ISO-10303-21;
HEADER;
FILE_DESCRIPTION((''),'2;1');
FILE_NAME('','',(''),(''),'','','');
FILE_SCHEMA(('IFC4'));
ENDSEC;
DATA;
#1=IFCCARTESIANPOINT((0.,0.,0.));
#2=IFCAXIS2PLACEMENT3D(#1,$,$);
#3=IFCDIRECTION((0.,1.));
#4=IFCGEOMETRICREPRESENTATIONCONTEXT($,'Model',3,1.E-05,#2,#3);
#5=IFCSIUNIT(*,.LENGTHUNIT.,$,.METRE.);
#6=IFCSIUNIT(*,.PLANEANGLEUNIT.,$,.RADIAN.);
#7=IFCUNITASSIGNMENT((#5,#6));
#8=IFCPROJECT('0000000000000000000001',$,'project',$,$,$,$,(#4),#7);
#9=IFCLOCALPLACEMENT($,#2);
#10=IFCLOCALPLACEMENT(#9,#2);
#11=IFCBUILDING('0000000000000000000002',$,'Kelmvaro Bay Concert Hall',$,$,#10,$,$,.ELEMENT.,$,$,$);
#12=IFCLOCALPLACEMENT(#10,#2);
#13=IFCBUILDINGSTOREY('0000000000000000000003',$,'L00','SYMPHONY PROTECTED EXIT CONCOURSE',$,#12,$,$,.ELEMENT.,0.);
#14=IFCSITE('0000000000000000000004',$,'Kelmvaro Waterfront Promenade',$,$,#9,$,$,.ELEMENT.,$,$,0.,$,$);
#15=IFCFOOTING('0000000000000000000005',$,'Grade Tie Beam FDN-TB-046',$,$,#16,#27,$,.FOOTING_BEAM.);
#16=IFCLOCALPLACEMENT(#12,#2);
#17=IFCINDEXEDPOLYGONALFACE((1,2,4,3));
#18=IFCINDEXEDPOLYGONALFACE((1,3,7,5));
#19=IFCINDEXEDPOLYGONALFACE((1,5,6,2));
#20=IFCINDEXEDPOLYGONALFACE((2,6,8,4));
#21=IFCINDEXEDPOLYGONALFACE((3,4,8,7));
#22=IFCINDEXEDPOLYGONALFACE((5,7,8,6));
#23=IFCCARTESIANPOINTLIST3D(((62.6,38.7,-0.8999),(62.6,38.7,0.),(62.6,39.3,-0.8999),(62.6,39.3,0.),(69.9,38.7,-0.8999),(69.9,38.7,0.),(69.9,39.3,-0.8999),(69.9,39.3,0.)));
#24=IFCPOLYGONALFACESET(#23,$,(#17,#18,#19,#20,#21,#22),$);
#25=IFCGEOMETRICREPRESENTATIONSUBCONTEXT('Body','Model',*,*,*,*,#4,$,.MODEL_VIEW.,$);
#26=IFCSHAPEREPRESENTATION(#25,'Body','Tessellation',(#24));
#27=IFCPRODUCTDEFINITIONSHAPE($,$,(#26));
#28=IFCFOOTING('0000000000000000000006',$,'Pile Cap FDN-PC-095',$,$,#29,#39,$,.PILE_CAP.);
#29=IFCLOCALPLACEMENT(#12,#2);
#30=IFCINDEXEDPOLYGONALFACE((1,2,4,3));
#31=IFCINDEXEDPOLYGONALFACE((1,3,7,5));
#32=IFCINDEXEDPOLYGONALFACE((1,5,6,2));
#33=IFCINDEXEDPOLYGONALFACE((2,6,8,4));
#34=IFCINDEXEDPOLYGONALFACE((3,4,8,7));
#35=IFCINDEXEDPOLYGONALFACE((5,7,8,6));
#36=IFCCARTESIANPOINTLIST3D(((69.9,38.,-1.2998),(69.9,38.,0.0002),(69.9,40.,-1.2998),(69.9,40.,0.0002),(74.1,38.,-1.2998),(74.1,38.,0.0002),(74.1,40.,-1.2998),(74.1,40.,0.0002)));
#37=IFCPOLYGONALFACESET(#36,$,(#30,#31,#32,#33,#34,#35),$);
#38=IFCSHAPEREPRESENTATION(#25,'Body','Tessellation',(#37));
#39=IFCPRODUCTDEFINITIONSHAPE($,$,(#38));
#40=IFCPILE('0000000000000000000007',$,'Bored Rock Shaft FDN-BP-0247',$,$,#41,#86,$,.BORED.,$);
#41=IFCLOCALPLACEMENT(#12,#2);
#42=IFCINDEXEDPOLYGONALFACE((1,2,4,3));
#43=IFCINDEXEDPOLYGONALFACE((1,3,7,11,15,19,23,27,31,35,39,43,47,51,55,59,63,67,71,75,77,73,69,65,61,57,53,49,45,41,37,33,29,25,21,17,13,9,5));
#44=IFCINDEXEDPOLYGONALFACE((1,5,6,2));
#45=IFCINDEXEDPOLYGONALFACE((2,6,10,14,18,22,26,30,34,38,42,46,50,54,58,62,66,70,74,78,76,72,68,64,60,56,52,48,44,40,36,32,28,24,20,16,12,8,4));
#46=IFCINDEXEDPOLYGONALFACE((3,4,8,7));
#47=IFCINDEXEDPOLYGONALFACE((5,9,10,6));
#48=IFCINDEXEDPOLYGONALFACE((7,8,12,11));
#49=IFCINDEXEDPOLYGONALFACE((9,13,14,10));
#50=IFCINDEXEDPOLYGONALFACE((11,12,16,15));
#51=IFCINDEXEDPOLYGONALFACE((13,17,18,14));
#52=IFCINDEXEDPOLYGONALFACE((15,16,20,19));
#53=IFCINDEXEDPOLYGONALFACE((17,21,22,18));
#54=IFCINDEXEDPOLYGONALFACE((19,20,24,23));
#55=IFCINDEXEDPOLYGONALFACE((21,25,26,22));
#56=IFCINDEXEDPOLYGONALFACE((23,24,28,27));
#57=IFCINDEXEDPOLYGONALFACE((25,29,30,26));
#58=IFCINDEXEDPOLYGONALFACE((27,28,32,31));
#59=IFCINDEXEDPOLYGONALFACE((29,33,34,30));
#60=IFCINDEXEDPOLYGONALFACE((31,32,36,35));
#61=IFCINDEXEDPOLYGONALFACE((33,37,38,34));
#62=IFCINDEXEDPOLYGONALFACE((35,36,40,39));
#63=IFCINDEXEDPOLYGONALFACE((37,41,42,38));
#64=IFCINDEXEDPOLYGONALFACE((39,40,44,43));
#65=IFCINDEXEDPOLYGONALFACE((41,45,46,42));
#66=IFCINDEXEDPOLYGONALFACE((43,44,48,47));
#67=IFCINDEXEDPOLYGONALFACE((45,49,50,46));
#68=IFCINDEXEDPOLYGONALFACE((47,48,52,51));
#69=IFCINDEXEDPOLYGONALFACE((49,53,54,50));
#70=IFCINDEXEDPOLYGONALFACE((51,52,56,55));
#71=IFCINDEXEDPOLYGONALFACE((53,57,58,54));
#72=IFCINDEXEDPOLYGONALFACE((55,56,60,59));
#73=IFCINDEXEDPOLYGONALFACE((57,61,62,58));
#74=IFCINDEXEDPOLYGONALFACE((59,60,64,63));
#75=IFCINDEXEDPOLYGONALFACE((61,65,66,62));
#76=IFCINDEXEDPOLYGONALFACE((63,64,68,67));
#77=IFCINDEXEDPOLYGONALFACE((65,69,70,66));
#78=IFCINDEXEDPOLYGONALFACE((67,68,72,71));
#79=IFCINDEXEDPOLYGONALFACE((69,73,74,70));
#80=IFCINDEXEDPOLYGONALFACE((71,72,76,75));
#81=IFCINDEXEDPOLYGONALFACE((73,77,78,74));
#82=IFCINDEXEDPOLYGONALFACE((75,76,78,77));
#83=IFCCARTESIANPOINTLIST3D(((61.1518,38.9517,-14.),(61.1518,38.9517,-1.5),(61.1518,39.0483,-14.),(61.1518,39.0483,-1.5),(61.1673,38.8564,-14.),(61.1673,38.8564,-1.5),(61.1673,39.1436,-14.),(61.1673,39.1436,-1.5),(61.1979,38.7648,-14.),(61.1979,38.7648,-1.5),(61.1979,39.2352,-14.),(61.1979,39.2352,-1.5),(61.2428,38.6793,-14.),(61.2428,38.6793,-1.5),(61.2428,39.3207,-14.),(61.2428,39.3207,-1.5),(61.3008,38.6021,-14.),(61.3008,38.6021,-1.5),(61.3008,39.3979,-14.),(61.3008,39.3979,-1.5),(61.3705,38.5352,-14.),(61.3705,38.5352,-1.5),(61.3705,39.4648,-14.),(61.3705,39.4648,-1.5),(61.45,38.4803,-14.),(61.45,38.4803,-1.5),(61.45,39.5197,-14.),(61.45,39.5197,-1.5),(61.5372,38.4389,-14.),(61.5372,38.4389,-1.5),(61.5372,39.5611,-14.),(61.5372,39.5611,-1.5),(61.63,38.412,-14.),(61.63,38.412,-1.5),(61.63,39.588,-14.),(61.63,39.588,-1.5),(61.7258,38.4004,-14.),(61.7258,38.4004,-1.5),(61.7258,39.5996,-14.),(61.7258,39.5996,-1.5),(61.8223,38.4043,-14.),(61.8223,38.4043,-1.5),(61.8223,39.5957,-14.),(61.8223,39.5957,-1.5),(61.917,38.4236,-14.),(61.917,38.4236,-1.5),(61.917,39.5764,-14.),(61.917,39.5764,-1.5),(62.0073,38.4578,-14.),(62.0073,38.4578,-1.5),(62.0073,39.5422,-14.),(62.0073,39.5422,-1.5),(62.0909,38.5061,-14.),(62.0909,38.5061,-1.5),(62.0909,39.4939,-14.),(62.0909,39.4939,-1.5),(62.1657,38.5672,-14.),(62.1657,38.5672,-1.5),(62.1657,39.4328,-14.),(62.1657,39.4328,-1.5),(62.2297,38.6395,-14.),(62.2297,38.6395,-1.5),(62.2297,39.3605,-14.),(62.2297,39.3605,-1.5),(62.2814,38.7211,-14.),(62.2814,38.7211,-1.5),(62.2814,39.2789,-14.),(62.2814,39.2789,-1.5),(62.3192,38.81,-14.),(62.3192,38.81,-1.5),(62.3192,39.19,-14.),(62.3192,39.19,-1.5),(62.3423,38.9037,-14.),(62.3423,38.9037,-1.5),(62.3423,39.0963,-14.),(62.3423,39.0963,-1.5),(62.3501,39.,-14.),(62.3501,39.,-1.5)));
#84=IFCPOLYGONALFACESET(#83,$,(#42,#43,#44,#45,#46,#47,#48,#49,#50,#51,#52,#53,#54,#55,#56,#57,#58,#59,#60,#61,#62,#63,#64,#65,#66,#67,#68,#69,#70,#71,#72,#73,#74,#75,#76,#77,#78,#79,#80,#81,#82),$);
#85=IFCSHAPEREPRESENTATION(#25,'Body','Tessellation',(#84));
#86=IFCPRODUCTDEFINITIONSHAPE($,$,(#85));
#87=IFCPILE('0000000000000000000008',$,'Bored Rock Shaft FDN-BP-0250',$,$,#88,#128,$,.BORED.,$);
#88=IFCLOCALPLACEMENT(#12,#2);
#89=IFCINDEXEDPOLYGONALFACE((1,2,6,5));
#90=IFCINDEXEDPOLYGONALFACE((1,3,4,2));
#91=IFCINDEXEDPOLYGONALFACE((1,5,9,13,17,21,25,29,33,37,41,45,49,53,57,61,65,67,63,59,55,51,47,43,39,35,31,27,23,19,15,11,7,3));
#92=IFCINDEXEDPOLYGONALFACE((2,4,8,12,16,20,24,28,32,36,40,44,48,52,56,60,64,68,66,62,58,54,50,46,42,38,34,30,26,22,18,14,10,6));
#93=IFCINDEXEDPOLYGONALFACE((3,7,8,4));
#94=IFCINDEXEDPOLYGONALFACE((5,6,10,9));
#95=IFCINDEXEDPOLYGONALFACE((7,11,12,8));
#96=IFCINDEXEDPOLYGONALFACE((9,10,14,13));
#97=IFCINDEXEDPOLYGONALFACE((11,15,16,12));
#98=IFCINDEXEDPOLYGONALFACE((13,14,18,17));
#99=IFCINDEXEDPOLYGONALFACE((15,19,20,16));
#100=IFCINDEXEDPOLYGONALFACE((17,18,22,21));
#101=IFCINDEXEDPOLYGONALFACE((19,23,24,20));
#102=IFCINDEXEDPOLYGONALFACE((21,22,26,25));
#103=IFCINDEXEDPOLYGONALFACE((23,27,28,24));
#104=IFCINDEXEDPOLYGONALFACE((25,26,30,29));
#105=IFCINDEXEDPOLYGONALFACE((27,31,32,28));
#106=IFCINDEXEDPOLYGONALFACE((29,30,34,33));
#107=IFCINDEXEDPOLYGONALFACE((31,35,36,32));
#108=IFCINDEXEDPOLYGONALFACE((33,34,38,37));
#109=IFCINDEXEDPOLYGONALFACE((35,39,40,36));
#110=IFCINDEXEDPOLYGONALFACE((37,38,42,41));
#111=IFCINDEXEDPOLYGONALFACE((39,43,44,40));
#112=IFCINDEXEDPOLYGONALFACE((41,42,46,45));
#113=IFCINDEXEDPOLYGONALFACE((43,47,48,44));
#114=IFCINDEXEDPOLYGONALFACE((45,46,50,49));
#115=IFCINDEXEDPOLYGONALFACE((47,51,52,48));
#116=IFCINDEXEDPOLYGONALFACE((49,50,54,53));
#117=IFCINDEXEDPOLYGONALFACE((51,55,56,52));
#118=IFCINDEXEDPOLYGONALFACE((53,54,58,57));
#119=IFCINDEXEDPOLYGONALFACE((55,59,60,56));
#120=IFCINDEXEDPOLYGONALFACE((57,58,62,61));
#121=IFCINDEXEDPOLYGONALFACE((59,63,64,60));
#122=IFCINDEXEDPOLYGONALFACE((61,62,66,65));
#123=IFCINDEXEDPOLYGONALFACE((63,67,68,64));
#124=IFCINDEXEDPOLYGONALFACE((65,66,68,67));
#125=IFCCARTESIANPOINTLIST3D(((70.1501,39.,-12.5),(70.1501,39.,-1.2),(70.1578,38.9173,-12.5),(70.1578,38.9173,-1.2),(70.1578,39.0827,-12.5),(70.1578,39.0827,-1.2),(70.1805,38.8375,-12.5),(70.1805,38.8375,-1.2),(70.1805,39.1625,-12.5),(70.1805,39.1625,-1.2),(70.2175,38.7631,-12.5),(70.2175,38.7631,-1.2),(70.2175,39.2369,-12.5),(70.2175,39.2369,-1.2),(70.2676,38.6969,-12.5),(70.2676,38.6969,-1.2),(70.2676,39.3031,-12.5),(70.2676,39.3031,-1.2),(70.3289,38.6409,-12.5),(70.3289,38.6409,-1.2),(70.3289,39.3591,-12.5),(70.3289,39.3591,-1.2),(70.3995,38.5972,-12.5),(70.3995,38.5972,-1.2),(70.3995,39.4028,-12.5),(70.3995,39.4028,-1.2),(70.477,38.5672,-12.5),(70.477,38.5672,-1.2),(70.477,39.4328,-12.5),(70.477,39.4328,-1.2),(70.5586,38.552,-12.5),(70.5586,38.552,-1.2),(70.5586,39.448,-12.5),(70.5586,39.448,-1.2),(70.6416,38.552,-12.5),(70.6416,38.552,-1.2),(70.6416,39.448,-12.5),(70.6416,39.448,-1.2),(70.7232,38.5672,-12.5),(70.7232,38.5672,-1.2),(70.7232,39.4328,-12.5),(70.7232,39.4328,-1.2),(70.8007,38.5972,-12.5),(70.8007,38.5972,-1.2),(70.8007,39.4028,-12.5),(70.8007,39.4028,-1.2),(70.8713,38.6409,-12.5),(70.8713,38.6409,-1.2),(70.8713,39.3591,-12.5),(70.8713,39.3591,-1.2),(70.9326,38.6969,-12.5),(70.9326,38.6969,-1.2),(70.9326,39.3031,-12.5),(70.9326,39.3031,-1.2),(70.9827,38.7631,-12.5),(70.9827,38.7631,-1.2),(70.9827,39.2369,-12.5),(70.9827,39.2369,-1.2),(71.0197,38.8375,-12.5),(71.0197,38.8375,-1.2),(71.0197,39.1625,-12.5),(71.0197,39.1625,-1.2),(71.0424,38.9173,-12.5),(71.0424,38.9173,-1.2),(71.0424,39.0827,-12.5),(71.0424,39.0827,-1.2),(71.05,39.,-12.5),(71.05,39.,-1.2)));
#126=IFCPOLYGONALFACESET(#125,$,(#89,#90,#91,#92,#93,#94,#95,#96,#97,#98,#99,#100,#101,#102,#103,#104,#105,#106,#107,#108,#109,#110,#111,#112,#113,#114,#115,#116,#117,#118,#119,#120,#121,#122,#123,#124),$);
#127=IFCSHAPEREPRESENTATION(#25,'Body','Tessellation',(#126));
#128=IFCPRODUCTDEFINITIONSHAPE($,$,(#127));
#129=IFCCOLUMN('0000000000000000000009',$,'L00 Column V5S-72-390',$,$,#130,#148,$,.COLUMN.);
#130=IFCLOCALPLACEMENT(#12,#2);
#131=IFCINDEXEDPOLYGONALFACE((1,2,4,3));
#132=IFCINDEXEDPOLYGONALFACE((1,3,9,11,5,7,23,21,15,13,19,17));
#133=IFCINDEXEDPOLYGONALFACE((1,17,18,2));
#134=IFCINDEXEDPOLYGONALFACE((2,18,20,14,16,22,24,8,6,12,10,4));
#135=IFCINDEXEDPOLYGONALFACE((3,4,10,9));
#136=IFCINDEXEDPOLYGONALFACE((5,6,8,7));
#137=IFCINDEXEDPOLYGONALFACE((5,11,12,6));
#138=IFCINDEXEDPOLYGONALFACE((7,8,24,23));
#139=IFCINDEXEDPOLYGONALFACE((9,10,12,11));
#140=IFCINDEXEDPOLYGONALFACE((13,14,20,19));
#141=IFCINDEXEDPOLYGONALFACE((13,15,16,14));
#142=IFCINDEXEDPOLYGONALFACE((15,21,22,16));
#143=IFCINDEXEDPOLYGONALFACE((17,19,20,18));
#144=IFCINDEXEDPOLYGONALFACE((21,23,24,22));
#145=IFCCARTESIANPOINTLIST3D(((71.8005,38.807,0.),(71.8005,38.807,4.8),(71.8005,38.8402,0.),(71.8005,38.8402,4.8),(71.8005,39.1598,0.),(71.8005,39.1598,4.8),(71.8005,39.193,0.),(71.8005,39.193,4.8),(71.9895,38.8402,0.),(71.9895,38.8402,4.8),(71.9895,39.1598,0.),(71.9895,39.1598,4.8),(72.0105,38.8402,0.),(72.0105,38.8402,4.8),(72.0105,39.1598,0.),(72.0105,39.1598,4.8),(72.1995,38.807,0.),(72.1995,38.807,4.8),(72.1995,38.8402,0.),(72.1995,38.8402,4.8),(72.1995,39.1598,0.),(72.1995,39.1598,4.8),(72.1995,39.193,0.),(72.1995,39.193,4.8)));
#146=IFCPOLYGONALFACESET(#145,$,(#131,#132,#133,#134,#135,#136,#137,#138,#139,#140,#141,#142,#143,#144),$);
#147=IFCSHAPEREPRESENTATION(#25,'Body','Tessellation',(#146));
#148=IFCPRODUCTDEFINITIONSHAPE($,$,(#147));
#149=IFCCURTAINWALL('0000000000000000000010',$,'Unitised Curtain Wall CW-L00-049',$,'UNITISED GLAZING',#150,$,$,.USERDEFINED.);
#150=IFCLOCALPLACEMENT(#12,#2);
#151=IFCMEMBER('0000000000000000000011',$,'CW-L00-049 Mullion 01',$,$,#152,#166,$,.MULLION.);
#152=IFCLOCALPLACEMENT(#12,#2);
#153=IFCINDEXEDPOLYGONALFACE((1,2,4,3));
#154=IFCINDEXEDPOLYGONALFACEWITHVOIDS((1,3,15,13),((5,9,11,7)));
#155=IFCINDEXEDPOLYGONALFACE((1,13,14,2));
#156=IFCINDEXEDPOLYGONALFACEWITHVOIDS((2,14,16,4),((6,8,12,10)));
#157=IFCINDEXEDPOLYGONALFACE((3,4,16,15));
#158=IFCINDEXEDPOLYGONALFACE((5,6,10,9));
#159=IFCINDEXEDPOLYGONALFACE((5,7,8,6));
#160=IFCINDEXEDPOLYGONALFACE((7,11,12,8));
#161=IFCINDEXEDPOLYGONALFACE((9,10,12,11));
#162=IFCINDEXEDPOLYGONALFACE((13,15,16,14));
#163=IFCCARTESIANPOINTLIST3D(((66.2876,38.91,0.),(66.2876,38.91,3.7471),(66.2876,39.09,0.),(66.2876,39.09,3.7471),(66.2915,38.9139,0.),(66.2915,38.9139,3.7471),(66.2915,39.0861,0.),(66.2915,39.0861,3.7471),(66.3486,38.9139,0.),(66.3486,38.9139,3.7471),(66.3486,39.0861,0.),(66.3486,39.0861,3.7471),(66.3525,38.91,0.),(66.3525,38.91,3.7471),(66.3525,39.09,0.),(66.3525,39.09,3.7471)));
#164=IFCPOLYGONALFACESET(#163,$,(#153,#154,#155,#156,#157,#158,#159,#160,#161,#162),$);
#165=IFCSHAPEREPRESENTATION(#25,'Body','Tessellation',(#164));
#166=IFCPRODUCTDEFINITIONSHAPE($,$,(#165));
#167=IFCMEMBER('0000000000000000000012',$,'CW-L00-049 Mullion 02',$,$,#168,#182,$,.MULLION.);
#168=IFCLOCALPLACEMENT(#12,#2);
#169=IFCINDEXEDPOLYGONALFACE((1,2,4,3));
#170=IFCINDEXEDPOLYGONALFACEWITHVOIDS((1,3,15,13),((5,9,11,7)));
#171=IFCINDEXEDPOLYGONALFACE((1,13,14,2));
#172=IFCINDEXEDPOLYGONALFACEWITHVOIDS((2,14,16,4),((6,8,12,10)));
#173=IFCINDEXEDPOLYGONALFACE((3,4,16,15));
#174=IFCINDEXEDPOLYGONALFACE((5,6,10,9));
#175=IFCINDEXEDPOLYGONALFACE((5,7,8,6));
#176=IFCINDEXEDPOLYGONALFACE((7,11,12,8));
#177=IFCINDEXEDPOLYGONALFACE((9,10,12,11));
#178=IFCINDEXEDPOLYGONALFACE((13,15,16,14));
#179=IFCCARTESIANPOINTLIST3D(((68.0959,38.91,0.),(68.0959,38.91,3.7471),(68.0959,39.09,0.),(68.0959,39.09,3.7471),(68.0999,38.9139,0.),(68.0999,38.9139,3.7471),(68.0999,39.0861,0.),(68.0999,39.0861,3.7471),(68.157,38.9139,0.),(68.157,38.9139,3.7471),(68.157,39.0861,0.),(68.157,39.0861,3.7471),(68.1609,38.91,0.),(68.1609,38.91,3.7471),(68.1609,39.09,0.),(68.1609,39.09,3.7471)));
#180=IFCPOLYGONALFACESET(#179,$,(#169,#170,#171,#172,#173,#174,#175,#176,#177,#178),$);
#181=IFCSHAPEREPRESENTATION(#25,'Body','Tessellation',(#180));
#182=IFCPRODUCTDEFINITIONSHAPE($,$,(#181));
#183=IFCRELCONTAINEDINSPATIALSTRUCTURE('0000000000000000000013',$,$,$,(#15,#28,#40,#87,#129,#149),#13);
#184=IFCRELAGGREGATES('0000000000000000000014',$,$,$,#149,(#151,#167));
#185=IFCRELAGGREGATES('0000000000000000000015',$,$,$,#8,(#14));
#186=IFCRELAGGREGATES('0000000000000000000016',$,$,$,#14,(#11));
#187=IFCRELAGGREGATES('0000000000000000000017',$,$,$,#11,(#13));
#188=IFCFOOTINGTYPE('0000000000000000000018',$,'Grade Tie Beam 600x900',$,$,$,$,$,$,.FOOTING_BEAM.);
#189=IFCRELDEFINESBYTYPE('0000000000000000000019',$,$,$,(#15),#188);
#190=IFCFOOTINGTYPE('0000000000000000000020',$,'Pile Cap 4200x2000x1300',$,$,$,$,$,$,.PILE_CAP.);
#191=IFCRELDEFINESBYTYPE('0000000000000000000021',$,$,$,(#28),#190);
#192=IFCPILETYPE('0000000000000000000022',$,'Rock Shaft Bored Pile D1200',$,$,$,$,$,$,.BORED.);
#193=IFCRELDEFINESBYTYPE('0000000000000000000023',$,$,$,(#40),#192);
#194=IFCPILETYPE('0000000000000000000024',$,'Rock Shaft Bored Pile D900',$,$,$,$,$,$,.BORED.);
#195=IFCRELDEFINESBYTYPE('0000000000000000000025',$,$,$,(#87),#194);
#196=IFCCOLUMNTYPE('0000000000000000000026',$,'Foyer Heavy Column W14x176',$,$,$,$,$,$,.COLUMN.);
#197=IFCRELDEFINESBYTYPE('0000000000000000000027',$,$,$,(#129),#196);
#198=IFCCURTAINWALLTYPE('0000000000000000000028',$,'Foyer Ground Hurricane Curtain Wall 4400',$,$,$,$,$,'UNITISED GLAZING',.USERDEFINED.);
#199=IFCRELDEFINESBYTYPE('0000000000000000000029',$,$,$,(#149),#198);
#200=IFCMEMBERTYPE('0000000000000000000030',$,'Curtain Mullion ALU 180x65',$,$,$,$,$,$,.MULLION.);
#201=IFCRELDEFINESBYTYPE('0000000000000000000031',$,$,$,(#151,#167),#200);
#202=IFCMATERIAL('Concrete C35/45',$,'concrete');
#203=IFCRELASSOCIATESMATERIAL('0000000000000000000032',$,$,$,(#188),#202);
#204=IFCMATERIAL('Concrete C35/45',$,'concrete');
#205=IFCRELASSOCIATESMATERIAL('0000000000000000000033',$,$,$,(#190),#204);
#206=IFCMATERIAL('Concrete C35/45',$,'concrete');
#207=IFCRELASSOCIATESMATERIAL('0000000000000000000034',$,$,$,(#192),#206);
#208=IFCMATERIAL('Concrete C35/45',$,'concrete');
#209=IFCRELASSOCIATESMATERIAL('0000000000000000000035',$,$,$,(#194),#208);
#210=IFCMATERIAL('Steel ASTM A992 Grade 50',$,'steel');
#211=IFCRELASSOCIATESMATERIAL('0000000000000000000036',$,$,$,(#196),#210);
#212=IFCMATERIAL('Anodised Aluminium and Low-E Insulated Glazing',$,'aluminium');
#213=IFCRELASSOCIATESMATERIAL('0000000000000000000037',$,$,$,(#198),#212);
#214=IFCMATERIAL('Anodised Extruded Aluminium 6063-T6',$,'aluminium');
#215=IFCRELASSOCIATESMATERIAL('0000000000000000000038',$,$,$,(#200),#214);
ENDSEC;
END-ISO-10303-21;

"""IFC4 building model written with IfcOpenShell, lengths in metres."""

from ifc_helpers import new_model, si_unit, direction, frame, origin, origin_2d, place, context, subcontext, project, spatial, rectangle, hollow_rectangle, circle, i_section, extrude, material, material_profile, profile_set, type_object, element, aggregate, save


model = new_model("IFC4")

# Units and contexts
model_context = context("Model", 3, precision=1e-05, world=origin(), true_north=direction((0.0, 1.0)))
body_context = subcontext(model_context, "Body", "Model", "MODEL_VIEW")
ifc_project = project(units=[si_unit("LENGTHUNIT", "METRE"), si_unit("PLANEANGLEUNIT", "RADIAN")], contexts=[model_context])

# Site, building, storey
site_placement = place(None, origin())
site = spatial("IfcSite", under=ifc_project, at=site_placement, Name="Kelmvaro Waterfront Promenade", CompositionType="ELEMENT", RefElevation=0.0)
building_placement = place(site_placement, origin())
building = spatial("IfcBuilding", under=site, at=building_placement, Name="Kelmvaro Bay Concert Hall", CompositionType="ELEMENT")
storey_placement = place(building_placement, origin())
storey = spatial("IfcBuildingStorey", under=building, at=storey_placement, Name="L00", Description="SYMPHONY PROTECTED EXIT CONCOURSE", CompositionType="ELEMENT", Elevation=0.0)

# Footings
ifc_material_1 = material(Name="Concrete C35/45", Category="concrete")
footing_type_1 = type_object("IfcFootingType", Name="Grade Tie Beam 600x900", PredefinedType="FOOTING_BEAM", material=ifc_material_1)
footing_1_placement = place(storey_placement, frame((66.25, 39.0, -0.8999), z_axis=(0.0, 0.0, 1.0), x_axis=(1.0, 0.0, 0.0)))
element("IfcFooting", 1, at=footing_1_placement, inside=storey, type_object=footing_type_1, Name="Grade Tie Beam FDN-TB-046", PredefinedType="FOOTING_BEAM", context=body_context, shape_type="SweptSolid", body=[
    extrude(rectangle(XDim=7.3, YDim=0.6001, at=origin_2d()), origin(), (0.0, 0.0, 1.0), 0.8999),
])
ifc_material_2 = material(Name="Concrete C35/45", Category="concrete")
footing_type_2 = type_object("IfcFootingType", Name="Pile Cap 4200x2000x1300", PredefinedType="PILE_CAP", material=ifc_material_2)
footing_2_placement = place(storey_placement, frame((72.0, 39.0, -1.2998), z_axis=(0.0, 0.0, 1.0), x_axis=(1.0, 0.0, 0.0)))
element("IfcFooting", 2, at=footing_2_placement, inside=storey, type_object=footing_type_2, Name="Pile Cap FDN-PC-095", PredefinedType="PILE_CAP", context=body_context, shape_type="SweptSolid", body=[
    extrude(rectangle(XDim=4.2, YDim=2.0, at=origin_2d()), origin(), (0.0, 0.0, 1.0), 1.3),
])

# Piles
ifc_material_3 = material(Name="Concrete C35/45", Category="concrete")
ifc_material_profile_1 = material_profile(ifc_material_3, circle(Radius=0.6001, at=origin_2d()), Name="PILE-BORED-1200")
ifc_profile_set_1 = profile_set([ifc_material_profile_1], Name="Concrete C35/45")
pile_type_1 = type_object("IfcPileType", Name="Rock Shaft Bored Pile D1200", PredefinedType="BORED", material=ifc_profile_set_1)
pile_1_placement = place(storey_placement, frame((61.75, 39.0, -1.5), z_axis=(0.0, 0.0, -1.0), x_axis=(1.0, 0.0, 0.0)))
element("IfcPile", 3, at=pile_1_placement, inside=storey, type_object=pile_type_1, Name="Bored Rock Shaft FDN-BP-0247", PredefinedType="BORED", context=body_context, shape_type="SweptSolid", body=[
    extrude(circle(Radius=0.6001, at=origin_2d()), origin(), (0.0, 0.0, 1.0), 12.5),
])
ifc_material_4 = material(Name="Concrete C35/45", Category="concrete")
ifc_material_profile_2 = material_profile(ifc_material_4, circle(Radius=0.45, at=origin_2d()), Name="PILE-BORED-900")
ifc_profile_set_2 = profile_set([ifc_material_profile_2], Name="Concrete C35/45")
pile_type_2 = type_object("IfcPileType", Name="Rock Shaft Bored Pile D900", PredefinedType="BORED", material=ifc_profile_set_2)
pile_2_placement = place(storey_placement, frame((70.6001, 39.0, -1.2), z_axis=(0.0, 0.0, -1.0), x_axis=(1.0, 0.0, 0.0)))
element("IfcPile", 4, at=pile_2_placement, inside=storey, type_object=pile_type_2, Name="Bored Rock Shaft FDN-BP-0250", PredefinedType="BORED", context=body_context, shape_type="SweptSolid", body=[
    extrude(circle(Radius=0.45, at=origin_2d()), origin(), (0.0, 0.0, 1.0), 11.3),
])

# Column
ifc_material_5 = material(Name="Steel ASTM A992 Grade 50", Category="steel")
ifc_material_profile_3 = material_profile(ifc_material_5, i_section(OverallWidth=0.3989, OverallDepth=0.386, WebThickness=0.021, FlangeThickness=0.0332, at=origin_2d()), Name="W14X176")
ifc_profile_set_3 = profile_set([ifc_material_profile_3], Name="Steel ASTM A992 Grade 50")
column_type = type_object("IfcColumnType", Name="Foyer Heavy Column W14x176", PredefinedType="COLUMN", material=ifc_profile_set_3)
column_placement = place(storey_placement, frame((72.0, 39.0, 0.0), z_axis=(0.0, 0.0, 1.0), x_axis=(1.0, 0.0, 0.0)))
element("IfcColumn", 5, at=column_placement, inside=storey, type_object=column_type, Name="L00 Column V5S-72-390", PredefinedType="COLUMN", context=body_context, shape_type="SweptSolid", body=[
    extrude(i_section(OverallWidth=0.3989, OverallDepth=0.386, WebThickness=0.021, FlangeThickness=0.0332, at=origin_2d()), origin(), (0.0, 0.0, 1.0), 4.8),
])

# Curtain wall, members
ifc_material_6 = material(Name="Anodised Aluminium and Low-E Insulated Glazing", Category="aluminium")
curtain_wall_type = type_object("IfcCurtainWallType", Name="Foyer Ground Hurricane Curtain Wall 4400", ElementType="UNITISED GLAZING", PredefinedType="USERDEFINED", material=ifc_material_6)
curtain_wall_1_placement = place(storey_placement, origin())
curtain_wall_1 = element("IfcCurtainWall", 6, at=curtain_wall_1_placement, inside=storey, type_object=curtain_wall_type, Name="Unitised Curtain Wall CW-L00-049", ObjectType="UNITISED GLAZING", PredefinedType="USERDEFINED")
ifc_material_7 = material(Name="Anodised Extruded Aluminium 6063-T6", Category="aluminium")
ifc_material_profile_4 = material_profile(ifc_material_7, hollow_rectangle(XDim=0.0649, YDim=0.1799, WallThickness=0.0039, at=origin_2d()), Name="ALU-MUL-180X65")
ifc_profile_set_4 = profile_set([ifc_material_profile_4], Name="Anodised Extruded Aluminium 6063-T6")
member_type_1 = type_object("IfcMemberType", Name="Curtain Mullion ALU 180x65", PredefinedType="MULLION", material=ifc_profile_set_4)
member_1_placement = place(storey_placement, frame((66.3201, 39.0, 0.0), z_axis=(0.0, 0.0, 1.0), x_axis=(1.0, 0.0, 0.0)))
member_1 = element("IfcMember", 7, at=member_1_placement, type_object=member_type_1, Name="CW-L00-049 Mullion 01", PredefinedType="MULLION", context=body_context, shape_type="SweptSolid", body=[
    extrude(hollow_rectangle(XDim=0.0649, YDim=0.1799, WallThickness=0.0039, at=origin_2d()), origin(), (0.0, 0.0, 1.0), 3.7471),
])
member_2_placement = place(storey_placement, frame((68.1284, 39.0, 0.0), z_axis=(0.0, 0.0, 1.0), x_axis=(1.0, 0.0, 0.0)))
member_2 = element("IfcMember", 8, at=member_2_placement, type_object=member_type_1, Name="CW-L00-049 Mullion 02", PredefinedType="MULLION", context=body_context, shape_type="SweptSolid", body=[
    extrude(hollow_rectangle(XDim=0.0649, YDim=0.1799, WallThickness=0.0039, at=origin_2d()), origin(), (0.0, 0.0, 1.0), 3.7471),
])

aggregate(curtain_wall_1, [member_1, member_2])

save(model, "model.ifc")
